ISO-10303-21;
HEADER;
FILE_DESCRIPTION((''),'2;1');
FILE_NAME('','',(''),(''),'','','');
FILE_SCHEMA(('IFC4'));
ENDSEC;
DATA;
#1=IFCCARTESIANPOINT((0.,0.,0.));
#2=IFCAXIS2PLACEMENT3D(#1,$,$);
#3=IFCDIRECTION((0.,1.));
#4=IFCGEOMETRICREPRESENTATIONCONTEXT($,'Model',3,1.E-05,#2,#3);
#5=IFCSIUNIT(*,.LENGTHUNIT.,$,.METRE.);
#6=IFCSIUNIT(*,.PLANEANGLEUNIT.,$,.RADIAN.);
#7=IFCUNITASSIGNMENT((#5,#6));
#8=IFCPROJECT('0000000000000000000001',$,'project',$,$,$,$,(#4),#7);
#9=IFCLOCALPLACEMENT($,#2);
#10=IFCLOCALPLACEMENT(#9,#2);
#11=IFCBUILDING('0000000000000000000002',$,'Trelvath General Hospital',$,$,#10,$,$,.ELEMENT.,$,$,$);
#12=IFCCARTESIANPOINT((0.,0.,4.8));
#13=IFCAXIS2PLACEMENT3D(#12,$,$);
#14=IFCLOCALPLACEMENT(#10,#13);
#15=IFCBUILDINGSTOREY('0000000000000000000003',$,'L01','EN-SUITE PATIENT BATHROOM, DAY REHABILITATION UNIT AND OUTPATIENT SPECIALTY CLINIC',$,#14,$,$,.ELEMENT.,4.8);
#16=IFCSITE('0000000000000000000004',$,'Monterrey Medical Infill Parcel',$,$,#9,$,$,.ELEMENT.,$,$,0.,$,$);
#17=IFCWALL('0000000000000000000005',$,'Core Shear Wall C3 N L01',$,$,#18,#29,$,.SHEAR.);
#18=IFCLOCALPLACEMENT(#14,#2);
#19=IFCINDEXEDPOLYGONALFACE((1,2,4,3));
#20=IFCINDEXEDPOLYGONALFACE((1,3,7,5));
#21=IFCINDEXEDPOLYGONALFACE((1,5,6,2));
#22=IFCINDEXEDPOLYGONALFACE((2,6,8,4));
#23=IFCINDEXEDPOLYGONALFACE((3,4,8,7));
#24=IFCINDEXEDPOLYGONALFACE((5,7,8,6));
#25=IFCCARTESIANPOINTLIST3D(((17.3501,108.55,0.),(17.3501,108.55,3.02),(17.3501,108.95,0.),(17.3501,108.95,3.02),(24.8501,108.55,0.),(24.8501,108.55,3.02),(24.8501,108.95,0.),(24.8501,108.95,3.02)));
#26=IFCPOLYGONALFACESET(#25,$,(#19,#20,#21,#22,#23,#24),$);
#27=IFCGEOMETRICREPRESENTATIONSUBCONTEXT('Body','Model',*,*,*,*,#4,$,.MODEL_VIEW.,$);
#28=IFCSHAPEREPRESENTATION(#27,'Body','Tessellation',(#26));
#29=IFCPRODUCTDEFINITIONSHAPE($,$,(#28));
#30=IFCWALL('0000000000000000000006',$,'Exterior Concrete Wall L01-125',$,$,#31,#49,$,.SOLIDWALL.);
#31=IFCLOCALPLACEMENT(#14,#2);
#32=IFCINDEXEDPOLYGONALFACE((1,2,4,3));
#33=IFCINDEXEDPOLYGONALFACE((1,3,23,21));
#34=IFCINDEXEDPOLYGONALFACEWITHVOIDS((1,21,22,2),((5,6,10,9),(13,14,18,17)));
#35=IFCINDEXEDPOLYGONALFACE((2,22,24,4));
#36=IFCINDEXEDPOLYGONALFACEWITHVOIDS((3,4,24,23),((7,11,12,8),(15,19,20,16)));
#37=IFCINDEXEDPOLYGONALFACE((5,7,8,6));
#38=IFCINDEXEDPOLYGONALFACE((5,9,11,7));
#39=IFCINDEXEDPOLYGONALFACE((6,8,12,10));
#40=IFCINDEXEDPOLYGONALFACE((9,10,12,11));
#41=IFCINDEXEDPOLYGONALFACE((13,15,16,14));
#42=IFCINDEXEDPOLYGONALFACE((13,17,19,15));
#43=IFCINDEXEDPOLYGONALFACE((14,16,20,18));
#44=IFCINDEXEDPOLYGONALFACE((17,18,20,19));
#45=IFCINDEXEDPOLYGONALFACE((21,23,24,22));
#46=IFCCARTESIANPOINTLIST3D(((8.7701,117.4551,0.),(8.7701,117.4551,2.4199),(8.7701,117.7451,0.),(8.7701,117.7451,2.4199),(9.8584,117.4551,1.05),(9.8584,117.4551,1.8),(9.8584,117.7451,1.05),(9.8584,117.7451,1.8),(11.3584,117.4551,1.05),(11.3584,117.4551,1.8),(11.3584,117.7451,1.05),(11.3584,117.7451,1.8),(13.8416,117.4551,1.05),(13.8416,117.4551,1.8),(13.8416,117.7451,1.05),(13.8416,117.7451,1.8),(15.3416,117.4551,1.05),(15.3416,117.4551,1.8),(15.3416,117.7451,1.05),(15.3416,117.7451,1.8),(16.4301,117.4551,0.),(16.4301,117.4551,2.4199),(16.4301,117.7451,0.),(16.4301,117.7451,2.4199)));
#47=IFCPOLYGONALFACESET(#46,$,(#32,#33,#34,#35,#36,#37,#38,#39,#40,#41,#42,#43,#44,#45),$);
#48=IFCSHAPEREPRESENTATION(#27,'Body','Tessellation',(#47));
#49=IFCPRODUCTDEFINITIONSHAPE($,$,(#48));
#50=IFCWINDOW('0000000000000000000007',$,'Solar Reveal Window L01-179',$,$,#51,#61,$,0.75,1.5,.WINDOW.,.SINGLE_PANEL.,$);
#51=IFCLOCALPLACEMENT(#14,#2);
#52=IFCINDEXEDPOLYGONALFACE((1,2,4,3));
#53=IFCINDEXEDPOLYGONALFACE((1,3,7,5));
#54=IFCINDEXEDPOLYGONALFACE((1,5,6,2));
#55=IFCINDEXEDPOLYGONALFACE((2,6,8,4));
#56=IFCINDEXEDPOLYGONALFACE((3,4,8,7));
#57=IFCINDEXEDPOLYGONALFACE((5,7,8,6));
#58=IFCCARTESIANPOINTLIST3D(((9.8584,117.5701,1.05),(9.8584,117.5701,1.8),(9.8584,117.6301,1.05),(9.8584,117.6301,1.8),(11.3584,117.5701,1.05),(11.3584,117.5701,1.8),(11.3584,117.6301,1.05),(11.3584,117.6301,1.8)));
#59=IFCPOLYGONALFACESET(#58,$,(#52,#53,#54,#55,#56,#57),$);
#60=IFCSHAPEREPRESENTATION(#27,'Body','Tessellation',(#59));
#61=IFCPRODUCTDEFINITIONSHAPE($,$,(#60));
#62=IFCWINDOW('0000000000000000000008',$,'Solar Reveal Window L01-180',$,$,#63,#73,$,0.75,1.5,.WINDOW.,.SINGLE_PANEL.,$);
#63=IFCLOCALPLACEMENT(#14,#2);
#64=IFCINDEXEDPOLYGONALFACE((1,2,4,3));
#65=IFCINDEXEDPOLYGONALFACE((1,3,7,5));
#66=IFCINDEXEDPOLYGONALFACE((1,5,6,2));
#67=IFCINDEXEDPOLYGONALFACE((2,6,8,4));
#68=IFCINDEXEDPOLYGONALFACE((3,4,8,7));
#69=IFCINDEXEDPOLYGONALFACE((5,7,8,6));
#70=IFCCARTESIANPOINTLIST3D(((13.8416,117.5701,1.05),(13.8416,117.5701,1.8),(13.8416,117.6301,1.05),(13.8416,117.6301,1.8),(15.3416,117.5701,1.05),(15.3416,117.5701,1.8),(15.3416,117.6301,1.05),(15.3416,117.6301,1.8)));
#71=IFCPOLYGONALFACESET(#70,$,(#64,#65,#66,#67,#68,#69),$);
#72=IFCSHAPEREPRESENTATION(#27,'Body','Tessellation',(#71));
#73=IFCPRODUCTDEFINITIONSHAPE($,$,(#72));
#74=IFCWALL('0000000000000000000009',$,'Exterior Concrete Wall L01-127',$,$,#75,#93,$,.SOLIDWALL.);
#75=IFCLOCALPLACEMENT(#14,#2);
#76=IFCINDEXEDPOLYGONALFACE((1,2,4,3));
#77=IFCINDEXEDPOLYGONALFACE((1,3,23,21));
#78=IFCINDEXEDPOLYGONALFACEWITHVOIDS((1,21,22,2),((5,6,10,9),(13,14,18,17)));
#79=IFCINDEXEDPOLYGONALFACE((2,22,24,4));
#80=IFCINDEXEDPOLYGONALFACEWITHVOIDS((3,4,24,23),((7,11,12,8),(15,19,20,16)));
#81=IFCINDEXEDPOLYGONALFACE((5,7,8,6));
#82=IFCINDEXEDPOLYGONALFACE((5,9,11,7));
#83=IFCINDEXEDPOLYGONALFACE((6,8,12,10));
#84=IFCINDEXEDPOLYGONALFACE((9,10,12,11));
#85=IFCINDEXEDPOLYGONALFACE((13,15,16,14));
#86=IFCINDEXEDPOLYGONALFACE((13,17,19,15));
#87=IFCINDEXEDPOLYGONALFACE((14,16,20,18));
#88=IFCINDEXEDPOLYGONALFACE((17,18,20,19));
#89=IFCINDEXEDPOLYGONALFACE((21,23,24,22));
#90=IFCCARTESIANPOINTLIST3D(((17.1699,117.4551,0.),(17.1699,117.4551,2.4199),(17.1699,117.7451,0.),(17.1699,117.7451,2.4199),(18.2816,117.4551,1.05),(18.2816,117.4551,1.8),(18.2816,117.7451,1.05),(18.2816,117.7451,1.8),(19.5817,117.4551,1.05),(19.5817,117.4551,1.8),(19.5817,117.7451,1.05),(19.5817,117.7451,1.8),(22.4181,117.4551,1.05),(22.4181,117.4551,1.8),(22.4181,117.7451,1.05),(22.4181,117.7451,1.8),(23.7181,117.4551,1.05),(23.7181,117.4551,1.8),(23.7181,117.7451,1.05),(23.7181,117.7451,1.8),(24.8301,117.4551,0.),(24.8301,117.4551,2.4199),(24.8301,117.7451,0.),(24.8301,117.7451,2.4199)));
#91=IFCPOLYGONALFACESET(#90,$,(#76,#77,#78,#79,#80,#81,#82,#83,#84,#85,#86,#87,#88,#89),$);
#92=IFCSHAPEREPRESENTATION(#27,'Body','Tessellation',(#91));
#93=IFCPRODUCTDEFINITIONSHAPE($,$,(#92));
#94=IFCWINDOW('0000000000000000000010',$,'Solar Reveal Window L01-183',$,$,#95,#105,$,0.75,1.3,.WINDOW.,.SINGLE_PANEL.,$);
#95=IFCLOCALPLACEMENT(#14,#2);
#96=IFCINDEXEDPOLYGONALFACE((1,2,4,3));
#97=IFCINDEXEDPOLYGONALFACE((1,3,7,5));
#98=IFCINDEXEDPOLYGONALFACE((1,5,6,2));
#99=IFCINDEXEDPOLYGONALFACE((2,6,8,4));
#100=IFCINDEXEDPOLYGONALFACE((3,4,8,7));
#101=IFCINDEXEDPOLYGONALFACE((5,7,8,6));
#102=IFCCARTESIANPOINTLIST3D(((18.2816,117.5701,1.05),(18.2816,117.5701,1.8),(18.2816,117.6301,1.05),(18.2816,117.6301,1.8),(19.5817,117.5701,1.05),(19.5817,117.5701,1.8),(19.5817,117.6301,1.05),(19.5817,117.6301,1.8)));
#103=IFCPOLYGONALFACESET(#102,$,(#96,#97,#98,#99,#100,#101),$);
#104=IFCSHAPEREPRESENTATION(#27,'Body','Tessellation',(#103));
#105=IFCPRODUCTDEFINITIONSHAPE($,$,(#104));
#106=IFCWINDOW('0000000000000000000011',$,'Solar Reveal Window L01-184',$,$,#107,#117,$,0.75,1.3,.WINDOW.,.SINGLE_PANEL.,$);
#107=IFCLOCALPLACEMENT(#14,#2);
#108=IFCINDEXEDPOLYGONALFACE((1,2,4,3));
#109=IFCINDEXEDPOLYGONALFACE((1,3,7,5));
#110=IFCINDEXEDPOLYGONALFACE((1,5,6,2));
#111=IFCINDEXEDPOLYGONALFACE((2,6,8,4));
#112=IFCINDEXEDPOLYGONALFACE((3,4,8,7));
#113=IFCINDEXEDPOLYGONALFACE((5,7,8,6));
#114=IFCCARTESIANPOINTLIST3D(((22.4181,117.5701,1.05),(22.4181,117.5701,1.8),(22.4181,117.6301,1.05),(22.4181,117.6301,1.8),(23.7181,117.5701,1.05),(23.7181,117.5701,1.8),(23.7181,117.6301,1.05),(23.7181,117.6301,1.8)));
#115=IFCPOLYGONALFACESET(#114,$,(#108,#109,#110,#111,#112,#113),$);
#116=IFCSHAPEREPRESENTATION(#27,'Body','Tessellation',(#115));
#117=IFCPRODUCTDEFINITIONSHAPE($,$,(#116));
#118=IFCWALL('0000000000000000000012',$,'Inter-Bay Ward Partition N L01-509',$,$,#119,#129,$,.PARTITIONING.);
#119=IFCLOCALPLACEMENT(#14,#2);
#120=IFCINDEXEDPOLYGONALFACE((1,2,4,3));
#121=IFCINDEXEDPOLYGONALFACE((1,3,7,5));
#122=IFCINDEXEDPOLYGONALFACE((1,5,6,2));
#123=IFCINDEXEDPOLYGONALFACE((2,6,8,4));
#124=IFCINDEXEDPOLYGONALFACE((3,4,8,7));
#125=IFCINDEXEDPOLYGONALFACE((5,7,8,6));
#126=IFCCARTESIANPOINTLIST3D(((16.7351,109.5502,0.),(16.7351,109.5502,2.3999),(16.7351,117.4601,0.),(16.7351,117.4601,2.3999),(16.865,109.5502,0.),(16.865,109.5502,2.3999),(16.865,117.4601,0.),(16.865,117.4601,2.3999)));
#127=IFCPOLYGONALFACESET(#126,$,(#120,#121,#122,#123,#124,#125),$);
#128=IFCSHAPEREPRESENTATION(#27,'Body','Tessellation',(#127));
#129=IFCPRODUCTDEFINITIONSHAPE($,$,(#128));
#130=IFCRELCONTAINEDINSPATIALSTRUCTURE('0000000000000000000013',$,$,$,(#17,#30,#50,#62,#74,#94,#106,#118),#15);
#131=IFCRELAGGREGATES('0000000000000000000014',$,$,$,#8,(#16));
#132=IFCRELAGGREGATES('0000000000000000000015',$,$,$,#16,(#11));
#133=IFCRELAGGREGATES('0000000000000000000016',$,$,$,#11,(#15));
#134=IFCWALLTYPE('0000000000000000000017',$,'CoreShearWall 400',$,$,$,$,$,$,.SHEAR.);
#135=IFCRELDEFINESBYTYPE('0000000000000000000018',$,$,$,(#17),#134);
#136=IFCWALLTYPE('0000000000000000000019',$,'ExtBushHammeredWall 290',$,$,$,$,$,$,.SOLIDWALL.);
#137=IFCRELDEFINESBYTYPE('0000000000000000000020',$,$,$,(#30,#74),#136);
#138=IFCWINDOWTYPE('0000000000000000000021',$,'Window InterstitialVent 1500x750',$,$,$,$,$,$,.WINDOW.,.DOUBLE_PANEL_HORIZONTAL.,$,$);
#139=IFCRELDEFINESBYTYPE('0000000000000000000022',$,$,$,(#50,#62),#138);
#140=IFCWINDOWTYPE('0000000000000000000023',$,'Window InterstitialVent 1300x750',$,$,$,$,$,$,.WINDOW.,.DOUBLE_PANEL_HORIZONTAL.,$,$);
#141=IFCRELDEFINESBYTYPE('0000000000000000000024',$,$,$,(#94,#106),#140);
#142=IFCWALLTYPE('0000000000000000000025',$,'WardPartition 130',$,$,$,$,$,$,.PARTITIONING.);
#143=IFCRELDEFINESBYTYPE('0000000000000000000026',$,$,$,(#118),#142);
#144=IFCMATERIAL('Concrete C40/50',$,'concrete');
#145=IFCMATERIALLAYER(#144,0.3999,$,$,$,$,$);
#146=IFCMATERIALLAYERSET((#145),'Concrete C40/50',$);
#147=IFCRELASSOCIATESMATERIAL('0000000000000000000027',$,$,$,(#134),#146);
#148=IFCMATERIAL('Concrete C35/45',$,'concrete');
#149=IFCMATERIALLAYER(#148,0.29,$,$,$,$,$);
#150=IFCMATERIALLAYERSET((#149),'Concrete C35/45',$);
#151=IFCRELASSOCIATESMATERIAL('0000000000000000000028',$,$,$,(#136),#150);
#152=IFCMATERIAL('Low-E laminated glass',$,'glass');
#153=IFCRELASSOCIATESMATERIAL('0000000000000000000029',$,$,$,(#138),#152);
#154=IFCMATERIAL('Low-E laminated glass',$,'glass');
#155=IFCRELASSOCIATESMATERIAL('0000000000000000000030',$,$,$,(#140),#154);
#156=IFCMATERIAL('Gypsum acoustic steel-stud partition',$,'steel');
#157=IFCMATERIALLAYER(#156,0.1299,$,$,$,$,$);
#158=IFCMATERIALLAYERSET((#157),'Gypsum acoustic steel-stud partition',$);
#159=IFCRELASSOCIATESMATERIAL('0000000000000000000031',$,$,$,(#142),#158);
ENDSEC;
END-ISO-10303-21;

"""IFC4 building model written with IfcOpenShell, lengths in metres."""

from ifc_helpers import new_model, si_unit, direction, frame, frame_2d, origin, place, context, subcontext, project, spatial, rectangle, extrude, material, layer, layer_set, type_object, element, fill, save


model = new_model("IFC4")

# Units and contexts
model_context = context("Model", 3, precision=1e-05, world=origin(), true_north=direction((0.0, 1.0)))
body_context = subcontext(model_context, "Body", "Model", "MODEL_VIEW")
ifc_project = project(units=[si_unit("LENGTHUNIT", "METRE"), si_unit("PLANEANGLEUNIT", "RADIAN")], contexts=[model_context])

# Site, building, storey
site_placement = place(None, origin())
site = spatial("IfcSite", under=ifc_project, at=site_placement, Name="Monterrey Medical Infill Parcel", CompositionType="ELEMENT", RefElevation=0.0)
building_placement = place(site_placement, origin())
building = spatial("IfcBuilding", under=site, at=building_placement, Name="Trelvath General Hospital", CompositionType="ELEMENT")
storey_placement = place(building_placement, frame((0.0, 0.0, 4.8)))
storey = spatial("IfcBuildingStorey", under=building, at=storey_placement, Name="L01", Description="EN-SUITE PATIENT BATHROOM, DAY REHABILITATION UNIT AND OUTPATIENT SPECIALTY CLINIC", CompositionType="ELEMENT", Elevation=4.8)

# Shared definitions
ifc_material_1 = material(Name="Concrete C40/50", Category="concrete")
ifc_layer_1 = layer(ifc_material_1, 0.3999)
ifc_layer_set_1 = layer_set([ifc_layer_1], Name="Concrete C40/50")
wall_type_1 = type_object("IfcWallType", Name="CoreShearWall 400", PredefinedType="SHEAR", material=ifc_layer_set_1)

# Wall
wall_1_placement = place(storey_placement, frame((17.3501, 108.75, 0.0), z_axis=(0.0, 0.0, 1.0), x_axis=(1.0, 0.0, 0.0)))
element("IfcWall", 1, at=wall_1_placement, inside=storey, type_object=wall_type_1, Name="Core Shear Wall C3 N L01", PredefinedType="SHEAR", context=body_context, shape_type="SweptSolid", body=[
    extrude(rectangle(XDim=7.5, YDim=0.3999, at=frame_2d((3.75, 0.0))), origin(), (0.0, 0.0, 1.0), 3.02),
])

# Walls, openings, windows
ifc_material_2 = material(Name="Concrete C35/45", Category="concrete")
ifc_layer_2 = layer(ifc_material_2, 0.29)
ifc_layer_set_2 = layer_set([ifc_layer_2], Name="Concrete C35/45")
wall_type_2 = type_object("IfcWallType", Name="ExtBushHammeredWall 290", PredefinedType="SOLIDWALL", material=ifc_layer_set_2)
wall_2_placement = place(storey_placement, frame((8.77, 117.6001, 0.0), z_axis=(0.0, 0.0, 1.0), x_axis=(1.0, 0.0, 0.0)))
wall_2 = element("IfcWall", 2, at=wall_2_placement, inside=storey, type_object=wall_type_2, Name="Exterior Concrete Wall L01-125", PredefinedType="SOLIDWALL", context=body_context, shape_type="SweptSolid", body=[
    extrude(rectangle(XDim=7.6599, YDim=0.29, at=frame_2d((3.8301, 0.0))), origin(), (0.0, 0.0, 1.0), 2.4199),
])
opening_1_placement = place(wall_2_placement, frame((1.0884, 0.0, 1.05)))
opening_1 = element("IfcOpeningElement", 3, at=opening_1_placement, cuts=wall_2, PredefinedType="OPENING", context=body_context, shape_type="SweptSolid", body=[
    extrude(rectangle(XDim=1.5, YDim=0.75, at=frame_2d((0.75, 0.375))), frame((0.0, 0.155, 0.0), z_axis=(0.0, -1.0, 0.0), x_axis=(1.0, 0.0, 0.0)), (0.0, 0.0, 1.0), 0.3101),
])
opening_2_placement = place(wall_2_placement, frame((5.0715, 0.0, 1.05)))
opening_2 = element("IfcOpeningElement", 4, at=opening_2_placement, cuts=wall_2, PredefinedType="OPENING", context=body_context, shape_type="SweptSolid", body=[
    extrude(rectangle(XDim=1.5, YDim=0.75, at=frame_2d((0.75, 0.375))), frame((0.0, 0.155, 0.0), z_axis=(0.0, -1.0, 0.0), x_axis=(1.0, 0.0, 0.0)), (0.0, 0.0, 1.0), 0.3101),
])
ifc_material_3 = material(Name="Low-E laminated glass", Category="glass")
window_type_1 = type_object("IfcWindowType", Name="Window InterstitialVent 1500x750", PartitioningType="DOUBLE_PANEL_HORIZONTAL", PredefinedType="WINDOW", material=ifc_material_3)
window_1_placement = place(opening_1_placement, origin())
window_1 = element("IfcWindow", 5, at=window_1_placement, inside=storey, type_object=window_type_1, Name="Solar Reveal Window L01-179", OverallHeight=0.75, OverallWidth=1.5, PartitioningType="SINGLE_PANEL", PredefinedType="WINDOW", context=body_context, shape_type="SweptSolid", body=[
    extrude(rectangle(XDim=1.5, YDim=0.75, at=frame_2d((0.75, 0.375))), frame((0.0, 0.03, 0.0), z_axis=(0.0, -1.0, 0.0), x_axis=(1.0, 0.0, 0.0)), (0.0, 0.0, 1.0), 0.0601),
])
fill(opening_1, window_1)
window_2_placement = place(opening_2_placement, origin())
window_2 = element("IfcWindow", 6, at=window_2_placement, inside=storey, type_object=window_type_1, Name="Solar Reveal Window L01-180", OverallHeight=0.75, OverallWidth=1.5, PartitioningType="SINGLE_PANEL", PredefinedType="WINDOW", context=body_context, shape_type="SweptSolid", body=[
    extrude(rectangle(XDim=1.5, YDim=0.75, at=frame_2d((0.75, 0.375))), frame((0.0, 0.03, 0.0), z_axis=(0.0, -1.0, 0.0), x_axis=(1.0, 0.0, 0.0)), (0.0, 0.0, 1.0), 0.0601),
])
fill(opening_2, window_2)
wall_3_placement = place(storey_placement, frame((17.1699, 117.6001, 0.0), z_axis=(0.0, 0.0, 1.0), x_axis=(1.0, 0.0, 0.0)))
wall_3 = element("IfcWall", 7, at=wall_3_placement, inside=storey, type_object=wall_type_2, Name="Exterior Concrete Wall L01-127", PredefinedType="SOLIDWALL", context=body_context, shape_type="SweptSolid", body=[
    extrude(rectangle(XDim=7.6602, YDim=0.29, at=frame_2d((3.8301, 0.0))), origin(), (0.0, 0.0, 1.0), 2.4199),
])
opening_3_placement = place(wall_3_placement, frame((1.1118, 0.0, 1.05)))
opening_3 = element("IfcOpeningElement", 8, at=opening_3_placement, cuts=wall_3, PredefinedType="OPENING", context=body_context, shape_type="SweptSolid", body=[
    extrude(rectangle(XDim=1.3, YDim=0.75, at=frame_2d((0.6499, 0.375))), frame((0.0, 0.155, 0.0), z_axis=(0.0, -1.0, 0.0), x_axis=(1.0, 0.0, 0.0)), (0.0, 0.0, 1.0), 0.3101),
])
opening_4_placement = place(wall_3_placement, frame((5.2483, 0.0, 1.05)))
opening_4 = element("IfcOpeningElement", 9, at=opening_4_placement, cuts=wall_3, PredefinedType="OPENING", context=body_context, shape_type="SweptSolid", body=[
    extrude(rectangle(XDim=1.3, YDim=0.75, at=frame_2d((0.6499, 0.375))), frame((0.0, 0.155, 0.0), z_axis=(0.0, -1.0, 0.0), x_axis=(1.0, 0.0, 0.0)), (0.0, 0.0, 1.0), 0.3101),
])
ifc_material_4 = material(Name="Low-E laminated glass", Category="glass")
window_type_2 = type_object("IfcWindowType", Name="Window InterstitialVent 1300x750", PartitioningType="DOUBLE_PANEL_HORIZONTAL", PredefinedType="WINDOW", material=ifc_material_4)
window_3_placement = place(opening_3_placement, origin())
window_3 = element("IfcWindow", 10, at=window_3_placement, inside=storey, type_object=window_type_2, Name="Solar Reveal Window L01-183", OverallHeight=0.75, OverallWidth=1.3, PartitioningType="SINGLE_PANEL", PredefinedType="WINDOW", context=body_context, shape_type="SweptSolid", body=[
    extrude(rectangle(XDim=1.3, YDim=0.75, at=frame_2d((0.6499, 0.375))), frame((0.0, 0.03, 0.0), z_axis=(0.0, -1.0, 0.0), x_axis=(1.0, 0.0, 0.0)), (0.0, 0.0, 1.0), 0.0601),
])
fill(opening_3, window_3)
window_4_placement = place(opening_4_placement, origin())
window_4 = element("IfcWindow", 11, at=window_4_placement, inside=storey, type_object=window_type_2, Name="Solar Reveal Window L01-184", OverallHeight=0.75, OverallWidth=1.3, PartitioningType="SINGLE_PANEL", PredefinedType="WINDOW", context=body_context, shape_type="SweptSolid", body=[
    extrude(rectangle(XDim=1.3, YDim=0.75, at=frame_2d((0.6499, 0.375))), frame((0.0, 0.03, 0.0), z_axis=(0.0, -1.0, 0.0), x_axis=(1.0, 0.0, 0.0)), (0.0, 0.0, 1.0), 0.0601),
])
fill(opening_4, window_4)

# Wall
ifc_material_5 = material(Name="Gypsum acoustic steel-stud partition", Category="steel")
ifc_layer_3 = layer(ifc_material_5, 0.1299)
ifc_layer_set_3 = layer_set([ifc_layer_3], Name="Gypsum acoustic steel-stud partition")
wall_type_3 = type_object("IfcWallType", Name="WardPartition 130", PredefinedType="PARTITIONING", material=ifc_layer_set_3)
wall_4_placement = place(storey_placement, frame((16.8, 109.55, 0.0), z_axis=(0.0, 0.0, 1.0), x_axis=(0.0, 1.0, 0.0)))
element("IfcWall", 12, at=wall_4_placement, inside=storey, type_object=wall_type_3, Name="Inter-Bay Ward Partition N L01-509", PredefinedType="PARTITIONING", context=body_context, shape_type="SweptSolid", body=[
    extrude(rectangle(XDim=7.9099, YDim=0.1299, at=frame_2d((3.9551, 0.0))), origin(), (0.0, 0.0, 1.0), 2.3999),
])

save(model, "model.ifc")
